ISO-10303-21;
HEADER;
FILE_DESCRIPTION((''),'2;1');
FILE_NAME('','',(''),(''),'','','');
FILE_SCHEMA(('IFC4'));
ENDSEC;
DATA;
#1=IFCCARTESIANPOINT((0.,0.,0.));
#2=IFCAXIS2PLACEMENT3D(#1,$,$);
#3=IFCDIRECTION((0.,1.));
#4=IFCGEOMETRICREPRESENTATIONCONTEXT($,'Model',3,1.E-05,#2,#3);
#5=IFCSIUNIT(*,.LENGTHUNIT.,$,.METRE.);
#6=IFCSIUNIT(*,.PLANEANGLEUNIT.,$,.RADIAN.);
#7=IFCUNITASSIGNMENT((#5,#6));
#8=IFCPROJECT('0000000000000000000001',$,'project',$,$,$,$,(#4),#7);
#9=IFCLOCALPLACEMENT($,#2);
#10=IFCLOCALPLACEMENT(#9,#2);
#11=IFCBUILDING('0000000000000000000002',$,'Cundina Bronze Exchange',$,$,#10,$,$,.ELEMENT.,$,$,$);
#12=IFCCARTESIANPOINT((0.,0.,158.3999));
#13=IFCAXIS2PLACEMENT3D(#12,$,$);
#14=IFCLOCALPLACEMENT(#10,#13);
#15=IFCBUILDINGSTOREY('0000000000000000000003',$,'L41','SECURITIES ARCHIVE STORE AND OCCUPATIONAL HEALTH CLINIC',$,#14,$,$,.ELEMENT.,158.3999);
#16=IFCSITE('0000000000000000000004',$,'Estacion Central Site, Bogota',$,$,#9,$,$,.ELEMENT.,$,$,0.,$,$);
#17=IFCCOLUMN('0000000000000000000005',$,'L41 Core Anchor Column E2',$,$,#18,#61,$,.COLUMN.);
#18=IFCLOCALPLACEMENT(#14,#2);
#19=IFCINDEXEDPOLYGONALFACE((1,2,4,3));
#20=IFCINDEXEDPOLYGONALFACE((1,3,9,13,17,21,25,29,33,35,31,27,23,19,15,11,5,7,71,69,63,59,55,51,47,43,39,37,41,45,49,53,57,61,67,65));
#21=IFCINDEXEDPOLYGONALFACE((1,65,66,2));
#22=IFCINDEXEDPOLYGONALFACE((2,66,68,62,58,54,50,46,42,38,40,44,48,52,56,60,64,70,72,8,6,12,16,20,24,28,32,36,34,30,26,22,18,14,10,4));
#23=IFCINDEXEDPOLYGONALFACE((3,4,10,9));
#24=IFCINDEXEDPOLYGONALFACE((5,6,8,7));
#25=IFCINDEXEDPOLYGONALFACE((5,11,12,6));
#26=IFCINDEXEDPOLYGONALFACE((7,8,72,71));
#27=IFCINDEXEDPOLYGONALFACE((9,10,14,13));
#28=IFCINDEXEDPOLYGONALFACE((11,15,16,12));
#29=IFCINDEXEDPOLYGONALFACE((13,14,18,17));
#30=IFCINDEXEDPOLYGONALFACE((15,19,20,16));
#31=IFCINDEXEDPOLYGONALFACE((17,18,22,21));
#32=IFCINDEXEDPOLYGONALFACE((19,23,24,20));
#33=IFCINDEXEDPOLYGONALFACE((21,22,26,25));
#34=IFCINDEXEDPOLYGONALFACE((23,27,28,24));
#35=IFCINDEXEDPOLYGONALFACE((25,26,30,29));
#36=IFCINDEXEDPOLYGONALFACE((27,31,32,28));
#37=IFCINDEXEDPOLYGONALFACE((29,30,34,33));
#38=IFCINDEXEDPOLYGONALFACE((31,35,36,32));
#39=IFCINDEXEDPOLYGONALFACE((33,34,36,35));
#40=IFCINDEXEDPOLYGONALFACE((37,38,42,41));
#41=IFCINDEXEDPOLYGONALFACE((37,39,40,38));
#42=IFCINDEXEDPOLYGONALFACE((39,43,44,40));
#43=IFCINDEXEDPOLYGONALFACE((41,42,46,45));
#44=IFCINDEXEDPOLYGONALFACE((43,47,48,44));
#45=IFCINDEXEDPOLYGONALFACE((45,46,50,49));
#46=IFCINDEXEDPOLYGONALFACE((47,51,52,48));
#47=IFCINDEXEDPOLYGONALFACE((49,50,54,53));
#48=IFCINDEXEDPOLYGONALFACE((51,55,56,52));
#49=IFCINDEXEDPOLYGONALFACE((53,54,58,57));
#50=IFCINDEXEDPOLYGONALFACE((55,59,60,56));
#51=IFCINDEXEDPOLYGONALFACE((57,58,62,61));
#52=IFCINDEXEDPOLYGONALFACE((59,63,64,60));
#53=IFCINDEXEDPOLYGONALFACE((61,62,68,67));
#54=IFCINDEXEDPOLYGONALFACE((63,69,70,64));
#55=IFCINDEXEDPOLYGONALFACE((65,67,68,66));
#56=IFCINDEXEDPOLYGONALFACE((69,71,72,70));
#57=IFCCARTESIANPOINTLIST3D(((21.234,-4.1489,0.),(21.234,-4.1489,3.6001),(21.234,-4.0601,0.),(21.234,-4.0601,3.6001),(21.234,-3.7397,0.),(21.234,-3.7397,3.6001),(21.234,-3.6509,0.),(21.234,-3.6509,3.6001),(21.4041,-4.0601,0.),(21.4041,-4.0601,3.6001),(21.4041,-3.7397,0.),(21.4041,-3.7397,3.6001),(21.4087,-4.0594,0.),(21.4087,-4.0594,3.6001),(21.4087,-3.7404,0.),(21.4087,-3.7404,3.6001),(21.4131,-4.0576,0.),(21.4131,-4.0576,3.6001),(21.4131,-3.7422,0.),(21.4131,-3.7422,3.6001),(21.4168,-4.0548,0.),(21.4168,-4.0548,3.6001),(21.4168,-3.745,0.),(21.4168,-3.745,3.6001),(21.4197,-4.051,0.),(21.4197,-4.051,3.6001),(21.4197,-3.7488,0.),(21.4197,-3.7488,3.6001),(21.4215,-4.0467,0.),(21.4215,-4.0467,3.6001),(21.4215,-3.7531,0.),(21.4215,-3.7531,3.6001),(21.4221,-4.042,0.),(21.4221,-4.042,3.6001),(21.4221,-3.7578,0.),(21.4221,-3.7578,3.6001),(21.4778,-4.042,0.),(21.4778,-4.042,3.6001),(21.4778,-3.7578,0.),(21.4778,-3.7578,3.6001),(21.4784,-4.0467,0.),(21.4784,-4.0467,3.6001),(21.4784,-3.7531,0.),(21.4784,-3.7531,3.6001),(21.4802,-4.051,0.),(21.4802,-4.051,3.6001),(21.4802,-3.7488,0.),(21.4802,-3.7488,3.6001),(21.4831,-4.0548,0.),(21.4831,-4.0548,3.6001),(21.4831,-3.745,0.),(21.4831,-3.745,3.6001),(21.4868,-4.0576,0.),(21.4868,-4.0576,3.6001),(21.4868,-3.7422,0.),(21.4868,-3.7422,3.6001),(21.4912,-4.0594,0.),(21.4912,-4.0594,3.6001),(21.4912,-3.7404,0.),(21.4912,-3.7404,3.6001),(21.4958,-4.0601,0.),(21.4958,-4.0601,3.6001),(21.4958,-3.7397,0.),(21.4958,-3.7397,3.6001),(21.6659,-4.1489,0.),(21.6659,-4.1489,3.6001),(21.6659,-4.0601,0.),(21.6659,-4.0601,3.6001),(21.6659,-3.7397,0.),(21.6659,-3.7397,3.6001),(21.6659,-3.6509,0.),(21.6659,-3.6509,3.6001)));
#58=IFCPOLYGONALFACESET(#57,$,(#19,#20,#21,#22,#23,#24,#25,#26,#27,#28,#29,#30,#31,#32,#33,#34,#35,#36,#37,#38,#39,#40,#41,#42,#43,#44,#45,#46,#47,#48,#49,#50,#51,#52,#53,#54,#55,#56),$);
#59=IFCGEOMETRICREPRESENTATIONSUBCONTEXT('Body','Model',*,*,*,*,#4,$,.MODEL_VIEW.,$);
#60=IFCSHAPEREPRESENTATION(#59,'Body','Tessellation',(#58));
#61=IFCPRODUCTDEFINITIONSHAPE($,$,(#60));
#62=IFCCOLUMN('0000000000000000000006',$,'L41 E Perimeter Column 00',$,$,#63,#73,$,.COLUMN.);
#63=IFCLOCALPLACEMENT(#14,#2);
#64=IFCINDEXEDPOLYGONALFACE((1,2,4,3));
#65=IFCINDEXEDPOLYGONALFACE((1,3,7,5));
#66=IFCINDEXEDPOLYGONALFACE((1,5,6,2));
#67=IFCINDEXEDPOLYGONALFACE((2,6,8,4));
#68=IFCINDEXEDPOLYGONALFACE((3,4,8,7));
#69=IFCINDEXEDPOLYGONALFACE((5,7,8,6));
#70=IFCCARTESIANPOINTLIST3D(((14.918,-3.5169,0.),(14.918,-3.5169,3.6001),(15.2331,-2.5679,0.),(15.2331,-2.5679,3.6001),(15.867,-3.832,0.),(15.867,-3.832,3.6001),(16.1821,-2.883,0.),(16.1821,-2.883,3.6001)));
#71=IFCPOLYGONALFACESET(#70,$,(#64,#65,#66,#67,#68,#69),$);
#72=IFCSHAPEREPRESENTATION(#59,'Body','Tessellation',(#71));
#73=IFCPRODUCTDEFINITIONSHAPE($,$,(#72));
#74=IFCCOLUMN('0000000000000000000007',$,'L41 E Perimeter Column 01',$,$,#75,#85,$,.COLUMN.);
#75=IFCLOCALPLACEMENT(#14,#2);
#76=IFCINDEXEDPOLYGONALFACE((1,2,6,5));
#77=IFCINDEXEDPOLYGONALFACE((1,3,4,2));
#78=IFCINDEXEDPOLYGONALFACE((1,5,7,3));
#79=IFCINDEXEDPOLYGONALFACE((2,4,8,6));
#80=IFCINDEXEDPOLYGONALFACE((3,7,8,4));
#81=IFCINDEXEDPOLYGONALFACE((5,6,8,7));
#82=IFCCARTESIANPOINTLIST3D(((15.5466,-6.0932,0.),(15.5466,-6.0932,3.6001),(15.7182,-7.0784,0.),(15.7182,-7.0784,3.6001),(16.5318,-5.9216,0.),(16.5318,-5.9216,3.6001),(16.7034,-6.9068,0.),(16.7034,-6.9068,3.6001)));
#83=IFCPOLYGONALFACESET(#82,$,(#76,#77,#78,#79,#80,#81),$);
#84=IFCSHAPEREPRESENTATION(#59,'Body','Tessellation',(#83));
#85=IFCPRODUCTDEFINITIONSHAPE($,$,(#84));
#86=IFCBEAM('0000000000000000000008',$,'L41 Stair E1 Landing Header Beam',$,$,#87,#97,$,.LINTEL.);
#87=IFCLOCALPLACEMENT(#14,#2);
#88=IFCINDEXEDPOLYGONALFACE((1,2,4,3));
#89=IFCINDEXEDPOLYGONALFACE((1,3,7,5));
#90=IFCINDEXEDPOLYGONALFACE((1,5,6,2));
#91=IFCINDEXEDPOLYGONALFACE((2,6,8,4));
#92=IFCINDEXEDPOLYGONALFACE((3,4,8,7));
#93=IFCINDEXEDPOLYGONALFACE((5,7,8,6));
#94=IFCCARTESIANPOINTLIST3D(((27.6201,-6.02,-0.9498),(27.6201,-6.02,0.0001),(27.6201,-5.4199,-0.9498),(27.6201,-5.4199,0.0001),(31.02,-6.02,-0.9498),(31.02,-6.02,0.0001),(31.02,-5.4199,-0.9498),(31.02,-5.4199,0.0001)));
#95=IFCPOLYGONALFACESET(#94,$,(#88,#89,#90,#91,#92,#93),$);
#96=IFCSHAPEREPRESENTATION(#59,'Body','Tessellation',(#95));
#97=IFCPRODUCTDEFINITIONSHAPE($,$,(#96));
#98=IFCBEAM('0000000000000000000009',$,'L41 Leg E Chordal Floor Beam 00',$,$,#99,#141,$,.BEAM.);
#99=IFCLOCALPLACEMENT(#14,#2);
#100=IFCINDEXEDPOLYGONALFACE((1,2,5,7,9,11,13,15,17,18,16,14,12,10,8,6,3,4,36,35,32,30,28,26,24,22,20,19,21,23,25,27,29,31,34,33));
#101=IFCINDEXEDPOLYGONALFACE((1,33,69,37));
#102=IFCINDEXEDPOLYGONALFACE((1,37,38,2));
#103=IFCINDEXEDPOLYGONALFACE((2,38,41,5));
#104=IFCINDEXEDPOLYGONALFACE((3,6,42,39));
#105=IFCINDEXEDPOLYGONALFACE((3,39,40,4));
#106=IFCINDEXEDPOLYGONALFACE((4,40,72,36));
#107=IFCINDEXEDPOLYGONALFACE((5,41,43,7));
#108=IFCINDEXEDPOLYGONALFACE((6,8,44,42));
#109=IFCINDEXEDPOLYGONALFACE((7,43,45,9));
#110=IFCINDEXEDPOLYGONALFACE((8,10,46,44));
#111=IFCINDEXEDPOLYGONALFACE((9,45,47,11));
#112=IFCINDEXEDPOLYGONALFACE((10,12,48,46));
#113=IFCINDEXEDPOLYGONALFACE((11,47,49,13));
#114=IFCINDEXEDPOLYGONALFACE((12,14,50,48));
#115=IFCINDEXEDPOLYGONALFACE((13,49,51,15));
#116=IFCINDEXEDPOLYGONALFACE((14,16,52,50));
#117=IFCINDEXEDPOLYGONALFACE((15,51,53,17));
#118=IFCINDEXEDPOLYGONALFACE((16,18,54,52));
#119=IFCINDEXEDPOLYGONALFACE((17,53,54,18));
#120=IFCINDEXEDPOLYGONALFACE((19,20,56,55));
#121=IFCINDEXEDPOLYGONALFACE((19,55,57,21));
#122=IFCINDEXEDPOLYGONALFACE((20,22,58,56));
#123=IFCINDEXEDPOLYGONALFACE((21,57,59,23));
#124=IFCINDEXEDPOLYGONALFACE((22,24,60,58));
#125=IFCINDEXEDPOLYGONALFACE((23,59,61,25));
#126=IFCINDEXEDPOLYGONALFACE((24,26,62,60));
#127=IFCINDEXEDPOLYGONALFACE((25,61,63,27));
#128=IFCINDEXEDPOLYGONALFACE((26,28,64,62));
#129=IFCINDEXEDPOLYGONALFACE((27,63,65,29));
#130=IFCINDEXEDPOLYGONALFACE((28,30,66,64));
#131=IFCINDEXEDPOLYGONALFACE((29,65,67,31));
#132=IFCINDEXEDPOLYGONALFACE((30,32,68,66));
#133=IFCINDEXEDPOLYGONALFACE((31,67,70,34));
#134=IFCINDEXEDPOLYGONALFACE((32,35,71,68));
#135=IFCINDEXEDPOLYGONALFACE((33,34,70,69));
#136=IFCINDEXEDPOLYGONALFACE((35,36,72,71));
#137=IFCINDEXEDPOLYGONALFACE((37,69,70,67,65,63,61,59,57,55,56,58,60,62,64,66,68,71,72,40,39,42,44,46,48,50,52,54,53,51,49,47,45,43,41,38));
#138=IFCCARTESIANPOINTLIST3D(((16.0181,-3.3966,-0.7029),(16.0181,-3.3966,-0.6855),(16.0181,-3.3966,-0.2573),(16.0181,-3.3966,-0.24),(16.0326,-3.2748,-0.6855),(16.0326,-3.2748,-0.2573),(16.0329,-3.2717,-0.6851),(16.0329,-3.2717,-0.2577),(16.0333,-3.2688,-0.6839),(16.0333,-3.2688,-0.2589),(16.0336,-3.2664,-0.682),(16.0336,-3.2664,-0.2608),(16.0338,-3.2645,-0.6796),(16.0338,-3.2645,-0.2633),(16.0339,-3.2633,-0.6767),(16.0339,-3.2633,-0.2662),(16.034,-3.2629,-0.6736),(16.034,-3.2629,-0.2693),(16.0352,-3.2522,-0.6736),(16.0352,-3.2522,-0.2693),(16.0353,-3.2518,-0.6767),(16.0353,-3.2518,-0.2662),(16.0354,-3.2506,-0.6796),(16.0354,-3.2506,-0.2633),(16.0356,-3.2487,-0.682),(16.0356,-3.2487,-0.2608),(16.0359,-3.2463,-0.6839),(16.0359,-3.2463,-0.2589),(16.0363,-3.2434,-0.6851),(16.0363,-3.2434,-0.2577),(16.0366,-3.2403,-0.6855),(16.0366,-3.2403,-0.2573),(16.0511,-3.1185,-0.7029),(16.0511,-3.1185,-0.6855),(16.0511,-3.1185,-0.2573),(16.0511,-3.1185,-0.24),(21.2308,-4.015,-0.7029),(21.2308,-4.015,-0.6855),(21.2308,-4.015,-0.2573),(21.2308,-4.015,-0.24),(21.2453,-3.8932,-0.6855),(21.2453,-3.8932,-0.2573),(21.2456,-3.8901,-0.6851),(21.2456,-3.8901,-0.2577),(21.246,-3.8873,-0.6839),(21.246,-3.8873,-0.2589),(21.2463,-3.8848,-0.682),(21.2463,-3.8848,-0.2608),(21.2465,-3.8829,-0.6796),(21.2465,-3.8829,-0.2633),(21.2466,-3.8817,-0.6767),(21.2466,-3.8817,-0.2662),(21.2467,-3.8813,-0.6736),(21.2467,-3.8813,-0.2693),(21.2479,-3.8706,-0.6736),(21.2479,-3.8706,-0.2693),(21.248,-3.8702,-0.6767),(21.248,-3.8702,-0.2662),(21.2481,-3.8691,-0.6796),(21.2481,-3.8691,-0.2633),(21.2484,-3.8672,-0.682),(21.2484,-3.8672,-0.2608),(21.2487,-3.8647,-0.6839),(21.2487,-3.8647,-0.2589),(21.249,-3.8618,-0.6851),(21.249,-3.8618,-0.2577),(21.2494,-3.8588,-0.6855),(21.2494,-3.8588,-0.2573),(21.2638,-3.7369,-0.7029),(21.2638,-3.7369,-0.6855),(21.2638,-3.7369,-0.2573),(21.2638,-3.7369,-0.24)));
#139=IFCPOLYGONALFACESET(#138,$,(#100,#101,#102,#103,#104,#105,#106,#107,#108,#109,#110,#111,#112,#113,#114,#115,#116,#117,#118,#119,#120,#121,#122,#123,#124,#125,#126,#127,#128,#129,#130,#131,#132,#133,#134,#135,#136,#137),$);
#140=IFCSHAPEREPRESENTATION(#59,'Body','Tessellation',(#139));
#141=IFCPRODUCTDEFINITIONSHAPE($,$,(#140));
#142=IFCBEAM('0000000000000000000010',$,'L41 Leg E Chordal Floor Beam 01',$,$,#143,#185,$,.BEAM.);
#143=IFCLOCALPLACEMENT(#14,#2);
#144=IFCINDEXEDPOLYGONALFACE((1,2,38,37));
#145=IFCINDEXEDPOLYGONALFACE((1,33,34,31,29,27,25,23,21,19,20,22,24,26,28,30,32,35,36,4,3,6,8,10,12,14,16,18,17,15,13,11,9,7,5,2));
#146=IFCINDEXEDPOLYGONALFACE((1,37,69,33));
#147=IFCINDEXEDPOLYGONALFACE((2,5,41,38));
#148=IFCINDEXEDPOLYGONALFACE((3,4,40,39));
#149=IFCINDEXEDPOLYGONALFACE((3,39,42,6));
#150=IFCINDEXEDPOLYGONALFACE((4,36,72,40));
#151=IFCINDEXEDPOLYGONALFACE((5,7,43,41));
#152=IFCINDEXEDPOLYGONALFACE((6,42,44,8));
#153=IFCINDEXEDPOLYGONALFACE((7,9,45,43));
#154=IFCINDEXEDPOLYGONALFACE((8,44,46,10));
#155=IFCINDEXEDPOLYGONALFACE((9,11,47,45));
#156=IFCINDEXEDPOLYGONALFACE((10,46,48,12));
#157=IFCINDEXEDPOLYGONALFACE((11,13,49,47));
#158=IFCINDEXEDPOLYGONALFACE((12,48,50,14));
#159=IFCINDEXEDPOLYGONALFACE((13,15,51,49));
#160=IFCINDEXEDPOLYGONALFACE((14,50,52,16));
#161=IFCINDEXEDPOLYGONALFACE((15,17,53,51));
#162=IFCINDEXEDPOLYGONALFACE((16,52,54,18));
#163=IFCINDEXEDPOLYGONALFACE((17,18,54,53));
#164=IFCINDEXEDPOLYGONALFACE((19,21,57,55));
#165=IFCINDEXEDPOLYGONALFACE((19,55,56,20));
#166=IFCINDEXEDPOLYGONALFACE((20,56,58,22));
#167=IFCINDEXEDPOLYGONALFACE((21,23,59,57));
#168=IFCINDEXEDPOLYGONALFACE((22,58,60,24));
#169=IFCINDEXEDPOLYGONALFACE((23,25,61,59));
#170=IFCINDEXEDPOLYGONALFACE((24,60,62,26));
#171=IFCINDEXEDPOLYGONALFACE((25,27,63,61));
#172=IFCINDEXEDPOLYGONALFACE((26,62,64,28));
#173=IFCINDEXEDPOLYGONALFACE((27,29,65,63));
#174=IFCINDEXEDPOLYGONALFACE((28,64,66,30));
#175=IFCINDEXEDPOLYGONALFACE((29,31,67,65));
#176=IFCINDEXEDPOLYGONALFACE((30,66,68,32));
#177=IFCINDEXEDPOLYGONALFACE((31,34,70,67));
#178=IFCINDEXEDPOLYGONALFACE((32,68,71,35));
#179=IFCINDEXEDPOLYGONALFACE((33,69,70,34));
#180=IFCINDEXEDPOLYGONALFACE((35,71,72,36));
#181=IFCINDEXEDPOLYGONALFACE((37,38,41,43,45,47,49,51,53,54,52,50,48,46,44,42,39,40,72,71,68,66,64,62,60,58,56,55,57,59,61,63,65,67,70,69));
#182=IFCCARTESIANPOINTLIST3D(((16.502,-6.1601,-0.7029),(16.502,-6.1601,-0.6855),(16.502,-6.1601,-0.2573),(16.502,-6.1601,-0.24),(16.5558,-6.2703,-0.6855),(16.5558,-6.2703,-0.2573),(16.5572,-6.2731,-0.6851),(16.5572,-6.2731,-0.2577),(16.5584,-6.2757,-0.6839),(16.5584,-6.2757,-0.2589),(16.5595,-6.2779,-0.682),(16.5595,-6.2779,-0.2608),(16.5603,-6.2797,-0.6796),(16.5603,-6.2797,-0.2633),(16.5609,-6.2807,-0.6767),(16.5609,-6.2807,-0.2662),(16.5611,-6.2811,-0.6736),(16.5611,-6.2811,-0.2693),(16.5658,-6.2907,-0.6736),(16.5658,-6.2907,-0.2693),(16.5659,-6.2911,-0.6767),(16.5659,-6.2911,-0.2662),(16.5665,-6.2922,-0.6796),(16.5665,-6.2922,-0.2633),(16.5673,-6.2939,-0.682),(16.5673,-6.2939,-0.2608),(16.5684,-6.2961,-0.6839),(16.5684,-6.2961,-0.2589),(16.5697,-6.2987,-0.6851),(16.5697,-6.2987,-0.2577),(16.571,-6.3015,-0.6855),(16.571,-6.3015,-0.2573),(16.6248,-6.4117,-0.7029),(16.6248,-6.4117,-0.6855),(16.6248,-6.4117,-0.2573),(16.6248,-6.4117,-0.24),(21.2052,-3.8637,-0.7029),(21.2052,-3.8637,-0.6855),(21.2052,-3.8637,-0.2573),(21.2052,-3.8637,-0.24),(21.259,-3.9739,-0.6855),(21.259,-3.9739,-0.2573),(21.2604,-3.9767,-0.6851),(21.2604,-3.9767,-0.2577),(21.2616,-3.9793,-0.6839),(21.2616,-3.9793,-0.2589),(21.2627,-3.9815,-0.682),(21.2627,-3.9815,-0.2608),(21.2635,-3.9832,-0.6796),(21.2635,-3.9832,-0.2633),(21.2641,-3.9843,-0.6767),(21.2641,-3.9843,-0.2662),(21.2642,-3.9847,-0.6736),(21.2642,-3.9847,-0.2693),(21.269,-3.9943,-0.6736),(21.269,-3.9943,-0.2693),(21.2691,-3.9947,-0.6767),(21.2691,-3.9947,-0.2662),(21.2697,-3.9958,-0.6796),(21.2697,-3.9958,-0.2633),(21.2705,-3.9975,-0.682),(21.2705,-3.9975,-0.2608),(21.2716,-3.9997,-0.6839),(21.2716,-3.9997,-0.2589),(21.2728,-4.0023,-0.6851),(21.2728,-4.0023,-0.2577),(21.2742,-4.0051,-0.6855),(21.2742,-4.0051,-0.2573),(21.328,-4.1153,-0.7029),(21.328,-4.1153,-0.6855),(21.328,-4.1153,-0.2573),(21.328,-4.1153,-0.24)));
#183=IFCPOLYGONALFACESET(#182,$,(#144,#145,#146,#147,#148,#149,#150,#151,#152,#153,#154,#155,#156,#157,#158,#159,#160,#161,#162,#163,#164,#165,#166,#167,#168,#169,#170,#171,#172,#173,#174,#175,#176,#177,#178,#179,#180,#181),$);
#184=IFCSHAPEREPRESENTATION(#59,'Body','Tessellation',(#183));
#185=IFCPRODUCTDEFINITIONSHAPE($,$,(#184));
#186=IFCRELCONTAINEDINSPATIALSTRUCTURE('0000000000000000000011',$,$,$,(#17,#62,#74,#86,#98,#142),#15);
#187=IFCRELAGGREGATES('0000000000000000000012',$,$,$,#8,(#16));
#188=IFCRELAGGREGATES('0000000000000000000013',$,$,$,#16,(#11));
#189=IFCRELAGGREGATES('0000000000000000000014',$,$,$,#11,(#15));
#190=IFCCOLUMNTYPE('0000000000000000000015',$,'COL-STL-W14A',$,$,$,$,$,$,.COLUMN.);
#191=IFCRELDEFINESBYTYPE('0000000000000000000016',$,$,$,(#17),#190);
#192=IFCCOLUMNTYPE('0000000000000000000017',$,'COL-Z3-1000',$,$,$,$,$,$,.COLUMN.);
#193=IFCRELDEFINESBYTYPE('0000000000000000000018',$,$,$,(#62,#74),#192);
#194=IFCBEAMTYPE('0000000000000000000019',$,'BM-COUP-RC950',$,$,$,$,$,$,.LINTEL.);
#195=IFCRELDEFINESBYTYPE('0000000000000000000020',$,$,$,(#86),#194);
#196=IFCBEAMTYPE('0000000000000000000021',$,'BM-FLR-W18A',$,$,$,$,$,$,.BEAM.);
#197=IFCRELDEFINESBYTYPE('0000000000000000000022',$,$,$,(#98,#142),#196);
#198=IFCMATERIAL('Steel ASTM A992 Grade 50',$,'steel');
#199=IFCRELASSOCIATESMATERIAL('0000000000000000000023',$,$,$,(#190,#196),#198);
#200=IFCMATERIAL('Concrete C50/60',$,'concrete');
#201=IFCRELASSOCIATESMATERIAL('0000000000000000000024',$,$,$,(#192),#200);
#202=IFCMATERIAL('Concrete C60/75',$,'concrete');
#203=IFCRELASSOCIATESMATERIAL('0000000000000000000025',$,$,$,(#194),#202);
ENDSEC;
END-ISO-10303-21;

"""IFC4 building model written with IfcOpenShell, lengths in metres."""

from ifc_helpers import new_model, si_unit, direction, frame, origin, origin_2d, place, context, subcontext, project, spatial, rectangle, i_section, extrude, material, material_profile, profile_set, type_object, element, save


model = new_model("IFC4")

# Units and contexts
model_context = context("Model", 3, precision=1e-05, world=origin(), true_north=direction((0.0, 1.0)))
body_context = subcontext(model_context, "Body", "Model", "MODEL_VIEW")
ifc_project = project(units=[si_unit("LENGTHUNIT", "METRE"), si_unit("PLANEANGLEUNIT", "RADIAN")], contexts=[model_context])

# Site, building, storey
site_placement = place(None, origin())
site = spatial("IfcSite", under=ifc_project, at=site_placement, Name="Estacion Central Site, Bogota", CompositionType="ELEMENT", RefElevation=0.0)
building_placement = place(site_placement, origin())
building = spatial("IfcBuilding", under=site, at=building_placement, Name="Cundina Bronze Exchange", CompositionType="ELEMENT")
storey_placement = place(building_placement, frame((0.0, 0.0, 158.3999)))
storey = spatial("IfcBuildingStorey", under=building, at=storey_placement, Name="L41", Description="SECURITIES ARCHIVE STORE AND OCCUPATIONAL HEALTH CLINIC", CompositionType="ELEMENT", Elevation=158.3999)

# Columns
ifc_material_1 = material(Name="Steel ASTM A992 Grade 50", Category="steel")
ifc_material_profile_1 = material_profile(ifc_material_1, i_section(OverallWidth=0.4319, OverallDepth=0.498, WebThickness=0.0557, FlangeThickness=0.0889, FilletRadius=0.0181, at=origin_2d()), Name="W14X500", Category="steel")
ifc_profile_set_1 = profile_set([ifc_material_profile_1], Name="Steel ASTM A992 Grade 50")
column_type_1 = type_object("IfcColumnType", Name="COL-STL-W14A", PredefinedType="COLUMN", material=ifc_profile_set_1)
column_placement = place(storey_placement, frame((21.45, -3.8999, 0.0), z_axis=(0.0, 0.0, 1.0), x_axis=(1.0, 0.0, 0.0)))
element("IfcColumn", 1, at=column_placement, inside=storey, type_object=column_type_1, Name="L41 Core Anchor Column E2", PredefinedType="COLUMN", context=body_context, shape_type="SweptSolid", body=[
    extrude(i_section(OverallWidth=0.4319, OverallDepth=0.498, WebThickness=0.0557, FlangeThickness=0.0889, FilletRadius=0.0181, at=origin_2d()), origin(), (0.0, 0.0, 1.0), 3.6001),
])
ifc_material_2 = material(Name="Concrete C50/60", Category="concrete")
ifc_material_profile_2 = material_profile(ifc_material_2, rectangle(XDim=1.0, YDim=1.0, at=origin_2d()), Name="RC1000X1000", Category="concrete")
ifc_profile_set_2 = profile_set([ifc_material_profile_2], Name="Concrete C50/60")
column_type_2 = type_object("IfcColumnType", Name="COL-Z3-1000", PredefinedType="COLUMN", material=ifc_profile_set_2)
for number, where, z_axis, x_axis, name in (
    (2, (15.55, -3.2, 0.0), (0.0, 0.0, 1.0), (-0.315152, -0.949041, 0.0), "L41 E Perimeter Column 00"),
    (3, (16.125, -6.5, 0.0), (0.0, 0.0, 1.0), (0.171585, -0.985169, 0.0), "L41 E Perimeter Column 01"),
):
    element("IfcColumn", number, at=place(storey_placement, frame(where, z_axis=z_axis, x_axis=x_axis)), inside=storey, type_object=column_type_2, Name=name, PredefinedType="COLUMN", context=body_context, shape_type="SweptSolid", body=[
        extrude(rectangle(XDim=1.0, YDim=1.0, at=origin_2d()), origin(), (0.0, 0.0, 1.0), 3.6001),
    ])

# Beams
ifc_material_3 = material(Name="Concrete C60/75", Category="concrete")
ifc_material_profile_3 = material_profile(ifc_material_3, rectangle(XDim=0.6001, YDim=0.95, at=origin_2d()), Name="RC600X950", Category="concrete")
ifc_profile_set_3 = profile_set([ifc_material_profile_3], Name="Concrete C60/75")
beam_type_1 = type_object("IfcBeamType", Name="BM-COUP-RC950", PredefinedType="LINTEL", material=ifc_profile_set_3)
beam_1_placement = place(storey_placement, frame((27.6201, -5.72, -0.4749), z_axis=(1.0, 0.0, 0.0), x_axis=(0.0, 1.0, 0.0)))
element("IfcBeam", 4, at=beam_1_placement, inside=storey, type_object=beam_type_1, Name="L41 Stair E1 Landing Header Beam", PredefinedType="LINTEL", context=body_context, shape_type="SweptSolid", body=[
    extrude(rectangle(XDim=0.6001, YDim=0.95, at=origin_2d()), origin(), (0.0, 0.0, 1.0), 3.3999),
])
ifc_material_profile_4 = material_profile(ifc_material_1, i_section(OverallWidth=0.28, OverallDepth=0.4629, WebThickness=0.0107, FlangeThickness=0.0173, FilletRadius=0.012, at=origin_2d()), Name="W18X76", Category="steel")
ifc_profile_set_4 = profile_set([ifc_material_profile_4], Name="Steel ASTM A992 Grade 50")
beam_type_2 = type_object("IfcBeamType", Name="BM-FLR-W18A", PredefinedType="BEAM", material=ifc_profile_set_4)
beam_2_placement = place(storey_placement, frame((21.2473, -3.876, -0.4714), z_axis=(-0.993036, 0.11781, 0.0), x_axis=(-0.11781, -0.993036, 0.0)))
element("IfcBeam", 5, at=beam_2_placement, inside=storey, type_object=beam_type_2, Name="L41 Leg E Chordal Floor Beam 00", PredefinedType="BEAM", context=body_context, shape_type="SweptSolid", body=[
    extrude(i_section(OverallWidth=0.28, OverallDepth=0.4629, WebThickness=0.0107, FlangeThickness=0.0173, FilletRadius=0.012, at=origin_2d()), origin(), (0.0, 0.0, 1.0), 5.2493),
])
beam_3_placement = place(storey_placement, frame((21.2666, -3.9895, -0.4714), z_axis=(-0.898604, -0.43876, 0.0), x_axis=(0.43876, -0.898604, 0.0)))
element("IfcBeam", 6, at=beam_3_placement, inside=storey, type_object=beam_type_2, Name="L41 Leg E Chordal Floor Beam 01", PredefinedType="BEAM", context=body_context, shape_type="SweptSolid", body=[
    extrude(i_section(OverallWidth=0.28, OverallDepth=0.4629, WebThickness=0.0107, FlangeThickness=0.0173, FilletRadius=0.012, at=origin_2d()), origin(), (0.0, 0.0, 1.0), 5.2339),
])

save(model, "model.ifc")
